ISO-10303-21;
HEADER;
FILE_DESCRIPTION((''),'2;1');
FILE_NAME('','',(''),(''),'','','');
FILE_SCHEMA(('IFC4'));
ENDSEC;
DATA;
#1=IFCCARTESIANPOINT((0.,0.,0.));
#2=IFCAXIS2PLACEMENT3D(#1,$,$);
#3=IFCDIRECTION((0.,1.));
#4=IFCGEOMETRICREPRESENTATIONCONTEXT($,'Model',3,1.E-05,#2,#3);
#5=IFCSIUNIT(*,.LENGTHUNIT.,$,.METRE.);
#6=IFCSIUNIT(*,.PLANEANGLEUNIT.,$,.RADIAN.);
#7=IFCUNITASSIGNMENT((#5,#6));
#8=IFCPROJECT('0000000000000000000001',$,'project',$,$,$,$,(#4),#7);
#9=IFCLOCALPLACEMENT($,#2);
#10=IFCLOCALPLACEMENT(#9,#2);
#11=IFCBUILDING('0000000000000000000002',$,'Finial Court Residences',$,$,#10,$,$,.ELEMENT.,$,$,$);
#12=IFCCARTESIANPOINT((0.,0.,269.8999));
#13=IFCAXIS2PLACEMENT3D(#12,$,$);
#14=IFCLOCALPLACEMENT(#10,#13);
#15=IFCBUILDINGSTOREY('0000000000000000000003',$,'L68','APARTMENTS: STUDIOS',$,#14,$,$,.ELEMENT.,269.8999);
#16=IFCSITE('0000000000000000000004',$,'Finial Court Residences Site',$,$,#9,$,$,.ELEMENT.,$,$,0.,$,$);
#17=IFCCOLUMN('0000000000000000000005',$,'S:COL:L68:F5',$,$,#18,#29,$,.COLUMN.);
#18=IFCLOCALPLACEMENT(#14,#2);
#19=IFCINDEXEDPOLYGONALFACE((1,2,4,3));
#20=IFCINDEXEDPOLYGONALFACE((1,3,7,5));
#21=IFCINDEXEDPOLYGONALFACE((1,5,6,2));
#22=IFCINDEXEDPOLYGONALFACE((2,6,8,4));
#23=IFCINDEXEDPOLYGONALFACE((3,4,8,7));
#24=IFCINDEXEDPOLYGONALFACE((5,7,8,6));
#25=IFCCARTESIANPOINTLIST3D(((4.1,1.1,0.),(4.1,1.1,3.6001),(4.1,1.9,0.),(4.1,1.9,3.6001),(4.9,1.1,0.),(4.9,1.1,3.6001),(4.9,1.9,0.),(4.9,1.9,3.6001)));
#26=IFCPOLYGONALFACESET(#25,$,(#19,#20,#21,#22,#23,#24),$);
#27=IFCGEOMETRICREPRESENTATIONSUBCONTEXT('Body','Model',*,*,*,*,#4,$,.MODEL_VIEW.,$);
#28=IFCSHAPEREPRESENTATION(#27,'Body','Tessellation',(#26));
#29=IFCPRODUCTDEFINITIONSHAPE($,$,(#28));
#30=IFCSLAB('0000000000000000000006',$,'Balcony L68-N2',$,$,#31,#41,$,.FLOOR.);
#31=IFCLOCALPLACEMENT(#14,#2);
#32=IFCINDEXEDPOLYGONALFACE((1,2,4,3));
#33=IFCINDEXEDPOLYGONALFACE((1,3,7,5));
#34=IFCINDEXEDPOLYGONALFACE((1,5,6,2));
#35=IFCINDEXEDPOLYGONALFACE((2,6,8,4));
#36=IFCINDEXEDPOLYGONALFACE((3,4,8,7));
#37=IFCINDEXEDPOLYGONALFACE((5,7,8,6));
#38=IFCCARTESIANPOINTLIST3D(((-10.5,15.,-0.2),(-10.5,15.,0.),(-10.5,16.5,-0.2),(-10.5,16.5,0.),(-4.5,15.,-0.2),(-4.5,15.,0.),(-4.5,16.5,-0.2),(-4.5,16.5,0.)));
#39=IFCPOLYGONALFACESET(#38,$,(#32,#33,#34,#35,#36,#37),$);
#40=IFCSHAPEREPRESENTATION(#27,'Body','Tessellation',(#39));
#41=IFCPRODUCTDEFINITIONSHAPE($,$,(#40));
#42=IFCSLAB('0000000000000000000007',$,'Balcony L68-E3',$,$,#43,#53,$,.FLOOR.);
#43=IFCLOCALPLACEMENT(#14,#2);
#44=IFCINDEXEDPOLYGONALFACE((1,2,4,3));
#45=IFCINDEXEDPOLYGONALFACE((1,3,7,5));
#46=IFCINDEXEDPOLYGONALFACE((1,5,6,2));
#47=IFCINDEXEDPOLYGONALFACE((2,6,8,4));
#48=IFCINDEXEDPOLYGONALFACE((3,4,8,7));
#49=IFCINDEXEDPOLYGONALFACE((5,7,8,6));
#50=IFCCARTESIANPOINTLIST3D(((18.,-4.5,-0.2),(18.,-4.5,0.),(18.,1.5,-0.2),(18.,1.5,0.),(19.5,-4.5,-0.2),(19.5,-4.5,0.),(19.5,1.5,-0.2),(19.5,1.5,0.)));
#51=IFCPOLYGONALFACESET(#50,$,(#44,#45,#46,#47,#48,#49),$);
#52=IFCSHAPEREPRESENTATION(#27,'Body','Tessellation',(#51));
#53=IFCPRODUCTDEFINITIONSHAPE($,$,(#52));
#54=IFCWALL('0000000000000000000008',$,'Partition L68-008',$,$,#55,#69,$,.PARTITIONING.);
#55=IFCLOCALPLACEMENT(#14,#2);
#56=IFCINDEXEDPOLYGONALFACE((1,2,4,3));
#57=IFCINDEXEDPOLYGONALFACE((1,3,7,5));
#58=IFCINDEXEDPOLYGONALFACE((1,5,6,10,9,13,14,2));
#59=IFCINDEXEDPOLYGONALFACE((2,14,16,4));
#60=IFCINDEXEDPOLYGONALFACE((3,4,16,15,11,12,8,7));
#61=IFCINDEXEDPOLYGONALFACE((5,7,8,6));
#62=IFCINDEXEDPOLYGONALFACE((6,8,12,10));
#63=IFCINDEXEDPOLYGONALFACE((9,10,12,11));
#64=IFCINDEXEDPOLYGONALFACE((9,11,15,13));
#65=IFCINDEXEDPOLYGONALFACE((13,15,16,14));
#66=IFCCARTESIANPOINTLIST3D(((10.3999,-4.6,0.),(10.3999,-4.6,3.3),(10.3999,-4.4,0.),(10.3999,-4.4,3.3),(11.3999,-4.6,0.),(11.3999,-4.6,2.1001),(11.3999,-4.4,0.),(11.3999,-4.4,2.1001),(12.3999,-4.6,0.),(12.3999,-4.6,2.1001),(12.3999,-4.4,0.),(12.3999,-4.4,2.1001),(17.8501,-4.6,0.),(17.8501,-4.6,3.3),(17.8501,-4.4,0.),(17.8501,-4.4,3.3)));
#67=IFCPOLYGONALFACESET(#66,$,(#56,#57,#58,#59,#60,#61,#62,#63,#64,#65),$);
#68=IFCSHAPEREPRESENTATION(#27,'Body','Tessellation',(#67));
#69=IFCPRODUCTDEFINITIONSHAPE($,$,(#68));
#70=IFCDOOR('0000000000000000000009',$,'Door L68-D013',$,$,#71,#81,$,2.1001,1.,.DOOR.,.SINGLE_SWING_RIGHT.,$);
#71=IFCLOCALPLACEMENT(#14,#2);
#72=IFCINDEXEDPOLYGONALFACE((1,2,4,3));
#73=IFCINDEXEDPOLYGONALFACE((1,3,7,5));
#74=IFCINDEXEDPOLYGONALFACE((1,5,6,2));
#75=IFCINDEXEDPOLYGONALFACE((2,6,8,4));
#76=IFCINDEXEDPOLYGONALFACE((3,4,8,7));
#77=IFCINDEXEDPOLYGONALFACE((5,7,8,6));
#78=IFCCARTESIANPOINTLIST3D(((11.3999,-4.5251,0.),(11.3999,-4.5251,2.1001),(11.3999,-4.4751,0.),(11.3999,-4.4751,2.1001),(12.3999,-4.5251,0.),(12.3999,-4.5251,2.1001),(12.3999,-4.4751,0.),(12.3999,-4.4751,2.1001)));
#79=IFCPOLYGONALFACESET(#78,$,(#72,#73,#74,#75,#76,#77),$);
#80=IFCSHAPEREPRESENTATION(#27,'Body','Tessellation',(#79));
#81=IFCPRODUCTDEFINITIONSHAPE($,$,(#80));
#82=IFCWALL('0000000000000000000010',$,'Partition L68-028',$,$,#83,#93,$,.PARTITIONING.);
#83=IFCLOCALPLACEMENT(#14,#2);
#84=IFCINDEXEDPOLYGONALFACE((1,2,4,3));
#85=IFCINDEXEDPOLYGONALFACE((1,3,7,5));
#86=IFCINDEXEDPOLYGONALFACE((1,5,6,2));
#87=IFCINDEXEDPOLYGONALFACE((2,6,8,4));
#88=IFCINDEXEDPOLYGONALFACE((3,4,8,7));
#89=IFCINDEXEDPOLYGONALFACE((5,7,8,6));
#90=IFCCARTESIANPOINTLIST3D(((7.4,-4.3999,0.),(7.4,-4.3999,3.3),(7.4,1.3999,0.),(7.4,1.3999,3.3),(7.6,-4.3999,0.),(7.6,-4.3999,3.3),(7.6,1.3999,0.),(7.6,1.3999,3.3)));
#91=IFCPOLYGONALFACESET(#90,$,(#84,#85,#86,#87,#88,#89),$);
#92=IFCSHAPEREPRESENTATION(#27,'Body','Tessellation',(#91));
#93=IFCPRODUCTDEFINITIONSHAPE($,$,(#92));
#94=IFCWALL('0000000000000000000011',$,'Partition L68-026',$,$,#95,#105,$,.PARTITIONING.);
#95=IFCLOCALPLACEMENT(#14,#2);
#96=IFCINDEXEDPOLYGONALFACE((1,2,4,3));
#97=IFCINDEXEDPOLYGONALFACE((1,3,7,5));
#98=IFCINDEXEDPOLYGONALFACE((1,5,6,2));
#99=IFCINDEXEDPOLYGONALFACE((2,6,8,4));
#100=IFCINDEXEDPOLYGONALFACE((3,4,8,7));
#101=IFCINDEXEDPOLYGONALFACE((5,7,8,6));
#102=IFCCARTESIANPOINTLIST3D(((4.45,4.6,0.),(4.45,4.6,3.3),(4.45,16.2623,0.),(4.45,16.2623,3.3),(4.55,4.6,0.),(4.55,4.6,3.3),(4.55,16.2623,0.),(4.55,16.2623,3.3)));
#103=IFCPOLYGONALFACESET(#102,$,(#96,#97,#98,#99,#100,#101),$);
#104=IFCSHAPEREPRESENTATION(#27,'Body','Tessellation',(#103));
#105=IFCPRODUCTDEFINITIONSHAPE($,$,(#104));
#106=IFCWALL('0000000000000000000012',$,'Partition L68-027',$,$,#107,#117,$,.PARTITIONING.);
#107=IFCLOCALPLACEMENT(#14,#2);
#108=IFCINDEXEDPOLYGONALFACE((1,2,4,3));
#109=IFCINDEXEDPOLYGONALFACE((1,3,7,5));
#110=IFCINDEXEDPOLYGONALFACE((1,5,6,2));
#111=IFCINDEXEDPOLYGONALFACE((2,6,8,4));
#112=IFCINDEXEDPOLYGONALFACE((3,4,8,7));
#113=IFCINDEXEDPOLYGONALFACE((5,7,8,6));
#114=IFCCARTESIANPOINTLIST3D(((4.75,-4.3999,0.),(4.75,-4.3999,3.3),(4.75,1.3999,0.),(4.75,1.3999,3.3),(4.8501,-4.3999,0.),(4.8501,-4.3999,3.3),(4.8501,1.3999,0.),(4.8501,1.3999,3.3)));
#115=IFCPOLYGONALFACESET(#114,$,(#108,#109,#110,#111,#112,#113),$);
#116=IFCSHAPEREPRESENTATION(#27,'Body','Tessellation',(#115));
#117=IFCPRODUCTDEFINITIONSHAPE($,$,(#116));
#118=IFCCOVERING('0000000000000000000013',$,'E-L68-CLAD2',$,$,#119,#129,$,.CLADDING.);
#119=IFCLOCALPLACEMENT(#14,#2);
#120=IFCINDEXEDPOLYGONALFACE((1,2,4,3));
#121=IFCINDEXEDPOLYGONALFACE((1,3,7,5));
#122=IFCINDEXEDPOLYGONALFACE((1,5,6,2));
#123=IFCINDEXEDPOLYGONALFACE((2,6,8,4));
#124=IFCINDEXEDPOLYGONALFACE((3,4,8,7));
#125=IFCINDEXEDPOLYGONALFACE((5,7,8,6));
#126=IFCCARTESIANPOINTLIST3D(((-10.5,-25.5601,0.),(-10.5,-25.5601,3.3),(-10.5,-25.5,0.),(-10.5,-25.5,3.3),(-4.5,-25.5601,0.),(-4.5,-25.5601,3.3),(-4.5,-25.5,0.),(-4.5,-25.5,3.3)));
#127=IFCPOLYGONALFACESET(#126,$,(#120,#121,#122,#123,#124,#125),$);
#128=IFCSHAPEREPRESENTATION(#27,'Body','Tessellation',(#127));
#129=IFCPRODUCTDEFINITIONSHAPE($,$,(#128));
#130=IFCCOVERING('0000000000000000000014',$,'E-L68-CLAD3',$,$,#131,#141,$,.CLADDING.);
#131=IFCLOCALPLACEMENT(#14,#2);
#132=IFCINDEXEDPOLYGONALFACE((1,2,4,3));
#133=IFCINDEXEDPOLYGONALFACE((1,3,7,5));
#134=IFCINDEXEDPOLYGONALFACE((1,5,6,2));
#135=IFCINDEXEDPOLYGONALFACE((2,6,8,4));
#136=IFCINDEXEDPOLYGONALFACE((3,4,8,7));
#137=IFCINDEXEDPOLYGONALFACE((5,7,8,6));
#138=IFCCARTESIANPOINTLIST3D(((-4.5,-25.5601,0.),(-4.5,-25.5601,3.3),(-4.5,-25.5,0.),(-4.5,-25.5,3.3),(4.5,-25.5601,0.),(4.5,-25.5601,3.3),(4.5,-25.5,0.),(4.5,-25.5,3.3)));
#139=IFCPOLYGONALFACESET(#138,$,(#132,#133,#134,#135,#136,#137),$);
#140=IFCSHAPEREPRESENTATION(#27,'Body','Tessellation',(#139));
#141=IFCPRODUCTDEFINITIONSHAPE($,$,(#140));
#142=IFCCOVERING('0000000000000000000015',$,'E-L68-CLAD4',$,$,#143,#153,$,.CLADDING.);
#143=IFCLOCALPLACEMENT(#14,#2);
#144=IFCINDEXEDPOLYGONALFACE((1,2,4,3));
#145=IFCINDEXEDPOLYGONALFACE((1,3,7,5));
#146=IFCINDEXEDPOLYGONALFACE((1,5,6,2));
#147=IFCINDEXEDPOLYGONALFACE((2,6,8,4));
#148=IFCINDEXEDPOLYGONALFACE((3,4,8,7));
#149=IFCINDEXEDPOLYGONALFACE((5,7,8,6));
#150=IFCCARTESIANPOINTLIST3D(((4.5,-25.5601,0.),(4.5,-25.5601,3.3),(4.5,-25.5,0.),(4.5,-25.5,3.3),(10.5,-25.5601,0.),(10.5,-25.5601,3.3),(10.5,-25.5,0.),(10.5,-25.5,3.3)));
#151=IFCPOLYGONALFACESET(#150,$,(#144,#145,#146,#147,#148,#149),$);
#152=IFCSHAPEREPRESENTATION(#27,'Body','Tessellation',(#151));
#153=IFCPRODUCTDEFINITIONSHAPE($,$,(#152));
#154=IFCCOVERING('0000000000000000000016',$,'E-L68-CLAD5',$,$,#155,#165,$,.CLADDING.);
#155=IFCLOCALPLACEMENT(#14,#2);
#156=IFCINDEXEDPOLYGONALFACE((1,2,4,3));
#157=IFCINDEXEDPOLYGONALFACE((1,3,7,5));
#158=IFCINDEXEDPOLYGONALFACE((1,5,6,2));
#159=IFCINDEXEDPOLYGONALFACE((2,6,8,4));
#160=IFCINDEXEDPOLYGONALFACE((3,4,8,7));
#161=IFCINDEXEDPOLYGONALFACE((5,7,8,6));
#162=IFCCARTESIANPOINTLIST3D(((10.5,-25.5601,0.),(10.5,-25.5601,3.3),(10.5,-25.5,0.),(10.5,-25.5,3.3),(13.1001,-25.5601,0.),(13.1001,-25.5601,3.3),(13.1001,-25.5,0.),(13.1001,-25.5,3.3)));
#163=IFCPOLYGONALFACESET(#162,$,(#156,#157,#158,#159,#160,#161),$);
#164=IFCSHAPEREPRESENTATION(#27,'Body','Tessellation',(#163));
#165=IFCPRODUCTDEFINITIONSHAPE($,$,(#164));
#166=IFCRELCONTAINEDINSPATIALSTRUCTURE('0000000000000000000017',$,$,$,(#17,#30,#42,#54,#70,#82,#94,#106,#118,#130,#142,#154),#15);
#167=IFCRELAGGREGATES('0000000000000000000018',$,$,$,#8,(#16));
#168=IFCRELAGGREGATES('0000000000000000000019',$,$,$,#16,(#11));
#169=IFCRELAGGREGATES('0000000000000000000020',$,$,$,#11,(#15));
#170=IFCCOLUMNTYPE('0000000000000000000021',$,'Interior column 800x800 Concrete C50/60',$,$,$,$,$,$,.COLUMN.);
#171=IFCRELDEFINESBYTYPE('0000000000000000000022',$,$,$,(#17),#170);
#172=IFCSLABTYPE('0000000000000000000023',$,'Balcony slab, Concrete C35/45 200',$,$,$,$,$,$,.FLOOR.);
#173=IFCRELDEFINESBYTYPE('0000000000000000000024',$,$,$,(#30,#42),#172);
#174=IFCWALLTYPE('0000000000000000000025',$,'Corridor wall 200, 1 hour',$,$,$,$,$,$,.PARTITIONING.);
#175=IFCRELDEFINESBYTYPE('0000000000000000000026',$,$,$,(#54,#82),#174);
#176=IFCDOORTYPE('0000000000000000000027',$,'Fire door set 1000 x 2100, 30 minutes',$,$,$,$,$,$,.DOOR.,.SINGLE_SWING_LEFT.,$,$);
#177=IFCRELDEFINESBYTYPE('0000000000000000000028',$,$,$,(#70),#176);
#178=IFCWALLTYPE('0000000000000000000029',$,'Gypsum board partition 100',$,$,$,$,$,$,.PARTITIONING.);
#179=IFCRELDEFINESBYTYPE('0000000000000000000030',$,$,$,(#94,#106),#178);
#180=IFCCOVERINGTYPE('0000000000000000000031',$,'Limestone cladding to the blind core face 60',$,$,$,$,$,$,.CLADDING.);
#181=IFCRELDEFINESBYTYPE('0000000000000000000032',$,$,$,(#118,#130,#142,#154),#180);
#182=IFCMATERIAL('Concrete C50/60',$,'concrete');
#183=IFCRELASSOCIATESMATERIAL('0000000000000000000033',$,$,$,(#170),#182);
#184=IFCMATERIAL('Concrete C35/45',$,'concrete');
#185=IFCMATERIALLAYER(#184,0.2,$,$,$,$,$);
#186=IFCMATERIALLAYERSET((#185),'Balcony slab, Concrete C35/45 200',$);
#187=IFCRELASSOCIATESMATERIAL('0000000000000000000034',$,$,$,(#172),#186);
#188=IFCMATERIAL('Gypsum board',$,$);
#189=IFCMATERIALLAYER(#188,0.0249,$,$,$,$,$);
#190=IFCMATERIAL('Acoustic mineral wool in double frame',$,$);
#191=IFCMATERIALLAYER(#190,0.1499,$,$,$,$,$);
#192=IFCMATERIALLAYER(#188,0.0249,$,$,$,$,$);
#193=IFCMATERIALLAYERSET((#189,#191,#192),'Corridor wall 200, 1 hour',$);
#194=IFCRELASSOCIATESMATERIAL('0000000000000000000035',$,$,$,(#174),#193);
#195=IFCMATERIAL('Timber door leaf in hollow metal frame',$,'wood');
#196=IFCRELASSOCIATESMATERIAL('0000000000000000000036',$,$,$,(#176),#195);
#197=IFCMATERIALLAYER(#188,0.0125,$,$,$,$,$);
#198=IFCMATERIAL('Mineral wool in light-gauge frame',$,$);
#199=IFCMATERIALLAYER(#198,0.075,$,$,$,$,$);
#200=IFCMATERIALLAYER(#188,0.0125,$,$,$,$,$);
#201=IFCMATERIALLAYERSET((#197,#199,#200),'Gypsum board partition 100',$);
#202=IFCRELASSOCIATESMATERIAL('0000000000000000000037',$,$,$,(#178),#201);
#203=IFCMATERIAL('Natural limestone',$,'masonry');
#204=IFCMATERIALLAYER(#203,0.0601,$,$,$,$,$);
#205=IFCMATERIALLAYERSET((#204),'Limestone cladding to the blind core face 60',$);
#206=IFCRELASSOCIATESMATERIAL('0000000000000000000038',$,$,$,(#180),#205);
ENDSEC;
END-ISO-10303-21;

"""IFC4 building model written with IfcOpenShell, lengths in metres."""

from ifc_helpers import new_model, si_unit, direction, frame, frame_2d, origin, origin_2d, place, context, subcontext, project, spatial, polyline, rectangle, outline, extrude, material, layer, layer_set, material_profile, profile_set, type_object, element, fill, save


model = new_model("IFC4")

# Units and contexts
model_context = context("Model", 3, precision=1e-05, world=origin(), true_north=direction((0.0, 1.0)))
body_context = subcontext(model_context, "Body", "Model", "MODEL_VIEW")
ifc_project = project(units=[si_unit("LENGTHUNIT", "METRE"), si_unit("PLANEANGLEUNIT", "RADIAN")], contexts=[model_context])

# Site, building, storey
site_placement = place(None, origin())
site = spatial("IfcSite", under=ifc_project, at=site_placement, Name="Finial Court Residences Site", CompositionType="ELEMENT", RefElevation=0.0)
building_placement = place(site_placement, origin())
building = spatial("IfcBuilding", under=site, at=building_placement, Name="Finial Court Residences", CompositionType="ELEMENT")
storey_placement = place(building_placement, frame((0.0, 0.0, 269.8999)))
storey = spatial("IfcBuildingStorey", under=building, at=storey_placement, Name="L68", Description="APARTMENTS: STUDIOS", CompositionType="ELEMENT", Elevation=269.8999)

# Column
ifc_material_1 = material(Name="Concrete C50/60", Category="concrete")
ifc_material_profile = material_profile(ifc_material_1, rectangle(XDim=0.8, YDim=0.8, at=origin_2d()), Name="800x800")
ifc_profile_set = profile_set([ifc_material_profile], Name="Concrete C50/60")
column_type = type_object("IfcColumnType", Name="Interior column 800x800 Concrete C50/60", PredefinedType="COLUMN", material=ifc_profile_set)
column_placement = place(storey_placement, frame((4.5, 1.5, 0.0), z_axis=(0.0, 0.0, 1.0), x_axis=(1.0, 0.0, 0.0)))
element("IfcColumn", 1, at=column_placement, inside=storey, type_object=column_type, Name="S:COL:L68:F5", PredefinedType="COLUMN", context=body_context, shape_type="SweptSolid", body=[
    extrude(rectangle(XDim=0.8, YDim=0.8, at=origin_2d()), origin(), (0.0, 0.0, 1.0), 3.6001),
])

# Slabs
ifc_material_2 = material(Name="Concrete C35/45", Category="concrete")
ifc_layer_1 = layer(ifc_material_2, 0.2)
ifc_layer_set_1 = layer_set([ifc_layer_1], Name="Balcony slab, Concrete C35/45 200")
slab_type = type_object("IfcSlabType", Name="Balcony slab, Concrete C35/45 200", PredefinedType="FLOOR", material=ifc_layer_set_1)
slab_1_placement = place(storey_placement, frame((0.0, 0.0, -0.2)))
element("IfcSlab", 2, at=slab_1_placement, inside=storey, type_object=slab_type, Name="Balcony L68-N2", PredefinedType="FLOOR", context=body_context, shape_type="SweptSolid", body=[
    extrude(outline(polyline([(-4.5, 15.0), (-4.5, 16.5), (-10.5, 16.5), (-10.5, 15.0), (-4.5, 15.0)])), origin(), (0.0, 0.0, 1.0), 0.2),
])
slab_2_placement = place(storey_placement, frame((0.0, 0.0, -0.2)))
element("IfcSlab", 3, at=slab_2_placement, inside=storey, type_object=slab_type, Name="Balcony L68-E3", PredefinedType="FLOOR", context=body_context, shape_type="SweptSolid", body=[
    extrude(outline(polyline([(19.5, -4.5), (19.5, 1.5), (18.0, 1.5), (18.0, -4.5), (19.5, -4.5)])), origin(), (0.0, 0.0, 1.0), 0.2),
])

# Wall, opening, door
ifc_material_3 = material(Name="Gypsum board")
ifc_layer_2 = layer(ifc_material_3, 0.0249)
ifc_material_4 = material(Name="Acoustic mineral wool in double frame")
ifc_layer_3 = layer(ifc_material_4, 0.1499)
ifc_layer_4 = layer(ifc_material_3, 0.0249)
ifc_layer_set_2 = layer_set([ifc_layer_2, ifc_layer_3, ifc_layer_4], Name="Corridor wall 200, 1 hour")
wall_type_1 = type_object("IfcWallType", Name="Corridor wall 200, 1 hour", PredefinedType="PARTITIONING", material=ifc_layer_set_2)
wall_1_placement = place(storey_placement, frame((10.3999, -4.5, 0.0), z_axis=(0.0, 0.0, 1.0), x_axis=(1.0, 0.0, 0.0)))
wall_1 = element("IfcWall", 4, at=wall_1_placement, inside=storey, type_object=wall_type_1, Name="Partition L68-008", PredefinedType="PARTITIONING", context=body_context, shape_type="SweptSolid", body=[
    extrude(rectangle(XDim=7.4502, YDim=0.2, at=frame_2d((3.7251, 0.0))), origin(), (0.0, 0.0, 1.0), 3.3),
])
opening_placement = place(wall_1_placement, frame((1.0, 0.0, 0.0)))
opening = element("IfcOpeningElement", 5, at=opening_placement, cuts=wall_1, PredefinedType="OPENING", context=body_context, shape_type="SweptSolid", body=[
    extrude(rectangle(XDim=1.0, YDim=2.1001, at=frame_2d((0.5, 1.05))), frame((0.0, 0.1099, 0.0), z_axis=(0.0, -1.0, 0.0), x_axis=(1.0, 0.0, 0.0)), (0.0, 0.0, 1.0), 0.22),
])
ifc_material_5 = material(Name="Timber door leaf in hollow metal frame", Category="wood")
door_type = type_object("IfcDoorType", Name="Fire door set 1000 x 2100, 30 minutes", OperationType="SINGLE_SWING_LEFT", PredefinedType="DOOR", material=ifc_material_5)
door_placement = place(opening_placement, origin())
door = element("IfcDoor", 6, at=door_placement, inside=storey, type_object=door_type, Name="Door L68-D013", OperationType="SINGLE_SWING_RIGHT", OverallHeight=2.1001, OverallWidth=1.0, PredefinedType="DOOR", context=body_context, shape_type="SweptSolid", body=[
    extrude(rectangle(XDim=1.0, YDim=2.1001, at=frame_2d((0.5, 1.05))), frame((0.0, 0.0249, 0.0), z_axis=(0.0, -1.0, 0.0), x_axis=(1.0, 0.0, 0.0)), (0.0, 0.0, 1.0), 0.05),
])
fill(opening, door)

# Walls
wall_2_placement = place(storey_placement, frame((7.5, -4.3999, 0.0), z_axis=(0.0, 0.0, 1.0), x_axis=(0.0, 1.0, 0.0)))
element("IfcWall", 7, at=wall_2_placement, inside=storey, type_object=wall_type_1, Name="Partition L68-028", PredefinedType="PARTITIONING", context=body_context, shape_type="SweptSolid", body=[
    extrude(rectangle(XDim=5.7998, YDim=0.2, at=frame_2d((2.8999, 0.0))), origin(), (0.0, 0.0, 1.0), 3.3),
])
ifc_layer_5 = layer(ifc_material_3, 0.0125)
ifc_material_6 = material(Name="Mineral wool in light-gauge frame")
ifc_layer_6 = layer(ifc_material_6, 0.075)
ifc_layer_7 = layer(ifc_material_3, 0.0125)
ifc_layer_set_3 = layer_set([ifc_layer_5, ifc_layer_6, ifc_layer_7], Name="Gypsum board partition 100")
wall_type_2 = type_object("IfcWallType", Name="Gypsum board partition 100", PredefinedType="PARTITIONING", material=ifc_layer_set_3)
wall_3_placement = place(storey_placement, frame((4.5, 4.6001, 0.0), z_axis=(0.0, 0.0, 1.0), x_axis=(0.0, 1.0, 0.0)))
element("IfcWall", 8, at=wall_3_placement, inside=storey, type_object=wall_type_2, Name="Partition L68-026", PredefinedType="PARTITIONING", context=body_context, shape_type="SweptSolid", body=[
    extrude(rectangle(XDim=11.6624, YDim=0.1001, at=frame_2d((5.8311, 0.0))), origin(), (0.0, 0.0, 1.0), 3.3),
])
wall_4_placement = place(storey_placement, frame((4.8, -4.3999, 0.0), z_axis=(0.0, 0.0, 1.0), x_axis=(0.0, 1.0, 0.0)))
element("IfcWall", 9, at=wall_4_placement, inside=storey, type_object=wall_type_2, Name="Partition L68-027", PredefinedType="PARTITIONING", context=body_context, shape_type="SweptSolid", body=[
    extrude(rectangle(XDim=5.7998, YDim=0.1001, at=frame_2d((2.8999, 0.0))), origin(), (0.0, 0.0, 1.0), 3.3),
])

# Coverings
ifc_material_7 = material(Name="Natural limestone", Category="masonry")
ifc_layer_8 = layer(ifc_material_7, 0.0601)
ifc_layer_set_4 = layer_set([ifc_layer_8], Name="Limestone cladding to the blind core face 60")
covering_type_1 = type_object("IfcCoveringType", Name="Limestone cladding to the blind core face 60", PredefinedType="CLADDING", material=ifc_layer_set_4)
covering_1_placement = place(storey_placement, origin())
element("IfcCovering", 10, at=covering_1_placement, inside=storey, type_object=covering_type_1, Name="E-L68-CLAD2", PredefinedType="CLADDING", context=body_context, shape_type="SweptSolid", body=[
    extrude(outline(polyline([(-4.5, -25.5601), (-4.5, -25.5), (-10.5, -25.5), (-10.5, -25.5601), (-4.5, -25.5601)])), origin(), (0.0, 0.0, 1.0), 3.3),
])
covering_2_placement = place(storey_placement, origin())
element("IfcCovering", 11, at=covering_2_placement, inside=storey, type_object=covering_type_1, Name="E-L68-CLAD3", PredefinedType="CLADDING", context=body_context, shape_type="SweptSolid", body=[
    extrude(outline(polyline([(4.5, -25.5601), (4.5, -25.5), (-4.5, -25.5), (-4.5, -25.5601), (4.5, -25.5601)])), origin(), (0.0, 0.0, 1.0), 3.3),
])
covering_3_placement = place(storey_placement, origin())
element("IfcCovering", 12, at=covering_3_placement, inside=storey, type_object=covering_type_1, Name="E-L68-CLAD4", PredefinedType="CLADDING", context=body_context, shape_type="SweptSolid", body=[
    extrude(outline(polyline([(10.5, -25.5601), (10.5, -25.5), (4.5, -25.5), (4.5, -25.5601), (10.5, -25.5601)])), origin(), (0.0, 0.0, 1.0), 3.3),
])
covering_4_placement = place(storey_placement, origin())
element("IfcCovering", 13, at=covering_4_placement, inside=storey, type_object=covering_type_1, Name="E-L68-CLAD5", PredefinedType="CLADDING", context=body_context, shape_type="SweptSolid", body=[
    extrude(outline(polyline([(13.1001, -25.5601), (13.1001, -25.5), (10.5, -25.5), (10.5, -25.5601), (13.1001, -25.5601)])), origin(), (0.0, 0.0, 1.0), 3.3),
])

save(model, "model.ifc")
